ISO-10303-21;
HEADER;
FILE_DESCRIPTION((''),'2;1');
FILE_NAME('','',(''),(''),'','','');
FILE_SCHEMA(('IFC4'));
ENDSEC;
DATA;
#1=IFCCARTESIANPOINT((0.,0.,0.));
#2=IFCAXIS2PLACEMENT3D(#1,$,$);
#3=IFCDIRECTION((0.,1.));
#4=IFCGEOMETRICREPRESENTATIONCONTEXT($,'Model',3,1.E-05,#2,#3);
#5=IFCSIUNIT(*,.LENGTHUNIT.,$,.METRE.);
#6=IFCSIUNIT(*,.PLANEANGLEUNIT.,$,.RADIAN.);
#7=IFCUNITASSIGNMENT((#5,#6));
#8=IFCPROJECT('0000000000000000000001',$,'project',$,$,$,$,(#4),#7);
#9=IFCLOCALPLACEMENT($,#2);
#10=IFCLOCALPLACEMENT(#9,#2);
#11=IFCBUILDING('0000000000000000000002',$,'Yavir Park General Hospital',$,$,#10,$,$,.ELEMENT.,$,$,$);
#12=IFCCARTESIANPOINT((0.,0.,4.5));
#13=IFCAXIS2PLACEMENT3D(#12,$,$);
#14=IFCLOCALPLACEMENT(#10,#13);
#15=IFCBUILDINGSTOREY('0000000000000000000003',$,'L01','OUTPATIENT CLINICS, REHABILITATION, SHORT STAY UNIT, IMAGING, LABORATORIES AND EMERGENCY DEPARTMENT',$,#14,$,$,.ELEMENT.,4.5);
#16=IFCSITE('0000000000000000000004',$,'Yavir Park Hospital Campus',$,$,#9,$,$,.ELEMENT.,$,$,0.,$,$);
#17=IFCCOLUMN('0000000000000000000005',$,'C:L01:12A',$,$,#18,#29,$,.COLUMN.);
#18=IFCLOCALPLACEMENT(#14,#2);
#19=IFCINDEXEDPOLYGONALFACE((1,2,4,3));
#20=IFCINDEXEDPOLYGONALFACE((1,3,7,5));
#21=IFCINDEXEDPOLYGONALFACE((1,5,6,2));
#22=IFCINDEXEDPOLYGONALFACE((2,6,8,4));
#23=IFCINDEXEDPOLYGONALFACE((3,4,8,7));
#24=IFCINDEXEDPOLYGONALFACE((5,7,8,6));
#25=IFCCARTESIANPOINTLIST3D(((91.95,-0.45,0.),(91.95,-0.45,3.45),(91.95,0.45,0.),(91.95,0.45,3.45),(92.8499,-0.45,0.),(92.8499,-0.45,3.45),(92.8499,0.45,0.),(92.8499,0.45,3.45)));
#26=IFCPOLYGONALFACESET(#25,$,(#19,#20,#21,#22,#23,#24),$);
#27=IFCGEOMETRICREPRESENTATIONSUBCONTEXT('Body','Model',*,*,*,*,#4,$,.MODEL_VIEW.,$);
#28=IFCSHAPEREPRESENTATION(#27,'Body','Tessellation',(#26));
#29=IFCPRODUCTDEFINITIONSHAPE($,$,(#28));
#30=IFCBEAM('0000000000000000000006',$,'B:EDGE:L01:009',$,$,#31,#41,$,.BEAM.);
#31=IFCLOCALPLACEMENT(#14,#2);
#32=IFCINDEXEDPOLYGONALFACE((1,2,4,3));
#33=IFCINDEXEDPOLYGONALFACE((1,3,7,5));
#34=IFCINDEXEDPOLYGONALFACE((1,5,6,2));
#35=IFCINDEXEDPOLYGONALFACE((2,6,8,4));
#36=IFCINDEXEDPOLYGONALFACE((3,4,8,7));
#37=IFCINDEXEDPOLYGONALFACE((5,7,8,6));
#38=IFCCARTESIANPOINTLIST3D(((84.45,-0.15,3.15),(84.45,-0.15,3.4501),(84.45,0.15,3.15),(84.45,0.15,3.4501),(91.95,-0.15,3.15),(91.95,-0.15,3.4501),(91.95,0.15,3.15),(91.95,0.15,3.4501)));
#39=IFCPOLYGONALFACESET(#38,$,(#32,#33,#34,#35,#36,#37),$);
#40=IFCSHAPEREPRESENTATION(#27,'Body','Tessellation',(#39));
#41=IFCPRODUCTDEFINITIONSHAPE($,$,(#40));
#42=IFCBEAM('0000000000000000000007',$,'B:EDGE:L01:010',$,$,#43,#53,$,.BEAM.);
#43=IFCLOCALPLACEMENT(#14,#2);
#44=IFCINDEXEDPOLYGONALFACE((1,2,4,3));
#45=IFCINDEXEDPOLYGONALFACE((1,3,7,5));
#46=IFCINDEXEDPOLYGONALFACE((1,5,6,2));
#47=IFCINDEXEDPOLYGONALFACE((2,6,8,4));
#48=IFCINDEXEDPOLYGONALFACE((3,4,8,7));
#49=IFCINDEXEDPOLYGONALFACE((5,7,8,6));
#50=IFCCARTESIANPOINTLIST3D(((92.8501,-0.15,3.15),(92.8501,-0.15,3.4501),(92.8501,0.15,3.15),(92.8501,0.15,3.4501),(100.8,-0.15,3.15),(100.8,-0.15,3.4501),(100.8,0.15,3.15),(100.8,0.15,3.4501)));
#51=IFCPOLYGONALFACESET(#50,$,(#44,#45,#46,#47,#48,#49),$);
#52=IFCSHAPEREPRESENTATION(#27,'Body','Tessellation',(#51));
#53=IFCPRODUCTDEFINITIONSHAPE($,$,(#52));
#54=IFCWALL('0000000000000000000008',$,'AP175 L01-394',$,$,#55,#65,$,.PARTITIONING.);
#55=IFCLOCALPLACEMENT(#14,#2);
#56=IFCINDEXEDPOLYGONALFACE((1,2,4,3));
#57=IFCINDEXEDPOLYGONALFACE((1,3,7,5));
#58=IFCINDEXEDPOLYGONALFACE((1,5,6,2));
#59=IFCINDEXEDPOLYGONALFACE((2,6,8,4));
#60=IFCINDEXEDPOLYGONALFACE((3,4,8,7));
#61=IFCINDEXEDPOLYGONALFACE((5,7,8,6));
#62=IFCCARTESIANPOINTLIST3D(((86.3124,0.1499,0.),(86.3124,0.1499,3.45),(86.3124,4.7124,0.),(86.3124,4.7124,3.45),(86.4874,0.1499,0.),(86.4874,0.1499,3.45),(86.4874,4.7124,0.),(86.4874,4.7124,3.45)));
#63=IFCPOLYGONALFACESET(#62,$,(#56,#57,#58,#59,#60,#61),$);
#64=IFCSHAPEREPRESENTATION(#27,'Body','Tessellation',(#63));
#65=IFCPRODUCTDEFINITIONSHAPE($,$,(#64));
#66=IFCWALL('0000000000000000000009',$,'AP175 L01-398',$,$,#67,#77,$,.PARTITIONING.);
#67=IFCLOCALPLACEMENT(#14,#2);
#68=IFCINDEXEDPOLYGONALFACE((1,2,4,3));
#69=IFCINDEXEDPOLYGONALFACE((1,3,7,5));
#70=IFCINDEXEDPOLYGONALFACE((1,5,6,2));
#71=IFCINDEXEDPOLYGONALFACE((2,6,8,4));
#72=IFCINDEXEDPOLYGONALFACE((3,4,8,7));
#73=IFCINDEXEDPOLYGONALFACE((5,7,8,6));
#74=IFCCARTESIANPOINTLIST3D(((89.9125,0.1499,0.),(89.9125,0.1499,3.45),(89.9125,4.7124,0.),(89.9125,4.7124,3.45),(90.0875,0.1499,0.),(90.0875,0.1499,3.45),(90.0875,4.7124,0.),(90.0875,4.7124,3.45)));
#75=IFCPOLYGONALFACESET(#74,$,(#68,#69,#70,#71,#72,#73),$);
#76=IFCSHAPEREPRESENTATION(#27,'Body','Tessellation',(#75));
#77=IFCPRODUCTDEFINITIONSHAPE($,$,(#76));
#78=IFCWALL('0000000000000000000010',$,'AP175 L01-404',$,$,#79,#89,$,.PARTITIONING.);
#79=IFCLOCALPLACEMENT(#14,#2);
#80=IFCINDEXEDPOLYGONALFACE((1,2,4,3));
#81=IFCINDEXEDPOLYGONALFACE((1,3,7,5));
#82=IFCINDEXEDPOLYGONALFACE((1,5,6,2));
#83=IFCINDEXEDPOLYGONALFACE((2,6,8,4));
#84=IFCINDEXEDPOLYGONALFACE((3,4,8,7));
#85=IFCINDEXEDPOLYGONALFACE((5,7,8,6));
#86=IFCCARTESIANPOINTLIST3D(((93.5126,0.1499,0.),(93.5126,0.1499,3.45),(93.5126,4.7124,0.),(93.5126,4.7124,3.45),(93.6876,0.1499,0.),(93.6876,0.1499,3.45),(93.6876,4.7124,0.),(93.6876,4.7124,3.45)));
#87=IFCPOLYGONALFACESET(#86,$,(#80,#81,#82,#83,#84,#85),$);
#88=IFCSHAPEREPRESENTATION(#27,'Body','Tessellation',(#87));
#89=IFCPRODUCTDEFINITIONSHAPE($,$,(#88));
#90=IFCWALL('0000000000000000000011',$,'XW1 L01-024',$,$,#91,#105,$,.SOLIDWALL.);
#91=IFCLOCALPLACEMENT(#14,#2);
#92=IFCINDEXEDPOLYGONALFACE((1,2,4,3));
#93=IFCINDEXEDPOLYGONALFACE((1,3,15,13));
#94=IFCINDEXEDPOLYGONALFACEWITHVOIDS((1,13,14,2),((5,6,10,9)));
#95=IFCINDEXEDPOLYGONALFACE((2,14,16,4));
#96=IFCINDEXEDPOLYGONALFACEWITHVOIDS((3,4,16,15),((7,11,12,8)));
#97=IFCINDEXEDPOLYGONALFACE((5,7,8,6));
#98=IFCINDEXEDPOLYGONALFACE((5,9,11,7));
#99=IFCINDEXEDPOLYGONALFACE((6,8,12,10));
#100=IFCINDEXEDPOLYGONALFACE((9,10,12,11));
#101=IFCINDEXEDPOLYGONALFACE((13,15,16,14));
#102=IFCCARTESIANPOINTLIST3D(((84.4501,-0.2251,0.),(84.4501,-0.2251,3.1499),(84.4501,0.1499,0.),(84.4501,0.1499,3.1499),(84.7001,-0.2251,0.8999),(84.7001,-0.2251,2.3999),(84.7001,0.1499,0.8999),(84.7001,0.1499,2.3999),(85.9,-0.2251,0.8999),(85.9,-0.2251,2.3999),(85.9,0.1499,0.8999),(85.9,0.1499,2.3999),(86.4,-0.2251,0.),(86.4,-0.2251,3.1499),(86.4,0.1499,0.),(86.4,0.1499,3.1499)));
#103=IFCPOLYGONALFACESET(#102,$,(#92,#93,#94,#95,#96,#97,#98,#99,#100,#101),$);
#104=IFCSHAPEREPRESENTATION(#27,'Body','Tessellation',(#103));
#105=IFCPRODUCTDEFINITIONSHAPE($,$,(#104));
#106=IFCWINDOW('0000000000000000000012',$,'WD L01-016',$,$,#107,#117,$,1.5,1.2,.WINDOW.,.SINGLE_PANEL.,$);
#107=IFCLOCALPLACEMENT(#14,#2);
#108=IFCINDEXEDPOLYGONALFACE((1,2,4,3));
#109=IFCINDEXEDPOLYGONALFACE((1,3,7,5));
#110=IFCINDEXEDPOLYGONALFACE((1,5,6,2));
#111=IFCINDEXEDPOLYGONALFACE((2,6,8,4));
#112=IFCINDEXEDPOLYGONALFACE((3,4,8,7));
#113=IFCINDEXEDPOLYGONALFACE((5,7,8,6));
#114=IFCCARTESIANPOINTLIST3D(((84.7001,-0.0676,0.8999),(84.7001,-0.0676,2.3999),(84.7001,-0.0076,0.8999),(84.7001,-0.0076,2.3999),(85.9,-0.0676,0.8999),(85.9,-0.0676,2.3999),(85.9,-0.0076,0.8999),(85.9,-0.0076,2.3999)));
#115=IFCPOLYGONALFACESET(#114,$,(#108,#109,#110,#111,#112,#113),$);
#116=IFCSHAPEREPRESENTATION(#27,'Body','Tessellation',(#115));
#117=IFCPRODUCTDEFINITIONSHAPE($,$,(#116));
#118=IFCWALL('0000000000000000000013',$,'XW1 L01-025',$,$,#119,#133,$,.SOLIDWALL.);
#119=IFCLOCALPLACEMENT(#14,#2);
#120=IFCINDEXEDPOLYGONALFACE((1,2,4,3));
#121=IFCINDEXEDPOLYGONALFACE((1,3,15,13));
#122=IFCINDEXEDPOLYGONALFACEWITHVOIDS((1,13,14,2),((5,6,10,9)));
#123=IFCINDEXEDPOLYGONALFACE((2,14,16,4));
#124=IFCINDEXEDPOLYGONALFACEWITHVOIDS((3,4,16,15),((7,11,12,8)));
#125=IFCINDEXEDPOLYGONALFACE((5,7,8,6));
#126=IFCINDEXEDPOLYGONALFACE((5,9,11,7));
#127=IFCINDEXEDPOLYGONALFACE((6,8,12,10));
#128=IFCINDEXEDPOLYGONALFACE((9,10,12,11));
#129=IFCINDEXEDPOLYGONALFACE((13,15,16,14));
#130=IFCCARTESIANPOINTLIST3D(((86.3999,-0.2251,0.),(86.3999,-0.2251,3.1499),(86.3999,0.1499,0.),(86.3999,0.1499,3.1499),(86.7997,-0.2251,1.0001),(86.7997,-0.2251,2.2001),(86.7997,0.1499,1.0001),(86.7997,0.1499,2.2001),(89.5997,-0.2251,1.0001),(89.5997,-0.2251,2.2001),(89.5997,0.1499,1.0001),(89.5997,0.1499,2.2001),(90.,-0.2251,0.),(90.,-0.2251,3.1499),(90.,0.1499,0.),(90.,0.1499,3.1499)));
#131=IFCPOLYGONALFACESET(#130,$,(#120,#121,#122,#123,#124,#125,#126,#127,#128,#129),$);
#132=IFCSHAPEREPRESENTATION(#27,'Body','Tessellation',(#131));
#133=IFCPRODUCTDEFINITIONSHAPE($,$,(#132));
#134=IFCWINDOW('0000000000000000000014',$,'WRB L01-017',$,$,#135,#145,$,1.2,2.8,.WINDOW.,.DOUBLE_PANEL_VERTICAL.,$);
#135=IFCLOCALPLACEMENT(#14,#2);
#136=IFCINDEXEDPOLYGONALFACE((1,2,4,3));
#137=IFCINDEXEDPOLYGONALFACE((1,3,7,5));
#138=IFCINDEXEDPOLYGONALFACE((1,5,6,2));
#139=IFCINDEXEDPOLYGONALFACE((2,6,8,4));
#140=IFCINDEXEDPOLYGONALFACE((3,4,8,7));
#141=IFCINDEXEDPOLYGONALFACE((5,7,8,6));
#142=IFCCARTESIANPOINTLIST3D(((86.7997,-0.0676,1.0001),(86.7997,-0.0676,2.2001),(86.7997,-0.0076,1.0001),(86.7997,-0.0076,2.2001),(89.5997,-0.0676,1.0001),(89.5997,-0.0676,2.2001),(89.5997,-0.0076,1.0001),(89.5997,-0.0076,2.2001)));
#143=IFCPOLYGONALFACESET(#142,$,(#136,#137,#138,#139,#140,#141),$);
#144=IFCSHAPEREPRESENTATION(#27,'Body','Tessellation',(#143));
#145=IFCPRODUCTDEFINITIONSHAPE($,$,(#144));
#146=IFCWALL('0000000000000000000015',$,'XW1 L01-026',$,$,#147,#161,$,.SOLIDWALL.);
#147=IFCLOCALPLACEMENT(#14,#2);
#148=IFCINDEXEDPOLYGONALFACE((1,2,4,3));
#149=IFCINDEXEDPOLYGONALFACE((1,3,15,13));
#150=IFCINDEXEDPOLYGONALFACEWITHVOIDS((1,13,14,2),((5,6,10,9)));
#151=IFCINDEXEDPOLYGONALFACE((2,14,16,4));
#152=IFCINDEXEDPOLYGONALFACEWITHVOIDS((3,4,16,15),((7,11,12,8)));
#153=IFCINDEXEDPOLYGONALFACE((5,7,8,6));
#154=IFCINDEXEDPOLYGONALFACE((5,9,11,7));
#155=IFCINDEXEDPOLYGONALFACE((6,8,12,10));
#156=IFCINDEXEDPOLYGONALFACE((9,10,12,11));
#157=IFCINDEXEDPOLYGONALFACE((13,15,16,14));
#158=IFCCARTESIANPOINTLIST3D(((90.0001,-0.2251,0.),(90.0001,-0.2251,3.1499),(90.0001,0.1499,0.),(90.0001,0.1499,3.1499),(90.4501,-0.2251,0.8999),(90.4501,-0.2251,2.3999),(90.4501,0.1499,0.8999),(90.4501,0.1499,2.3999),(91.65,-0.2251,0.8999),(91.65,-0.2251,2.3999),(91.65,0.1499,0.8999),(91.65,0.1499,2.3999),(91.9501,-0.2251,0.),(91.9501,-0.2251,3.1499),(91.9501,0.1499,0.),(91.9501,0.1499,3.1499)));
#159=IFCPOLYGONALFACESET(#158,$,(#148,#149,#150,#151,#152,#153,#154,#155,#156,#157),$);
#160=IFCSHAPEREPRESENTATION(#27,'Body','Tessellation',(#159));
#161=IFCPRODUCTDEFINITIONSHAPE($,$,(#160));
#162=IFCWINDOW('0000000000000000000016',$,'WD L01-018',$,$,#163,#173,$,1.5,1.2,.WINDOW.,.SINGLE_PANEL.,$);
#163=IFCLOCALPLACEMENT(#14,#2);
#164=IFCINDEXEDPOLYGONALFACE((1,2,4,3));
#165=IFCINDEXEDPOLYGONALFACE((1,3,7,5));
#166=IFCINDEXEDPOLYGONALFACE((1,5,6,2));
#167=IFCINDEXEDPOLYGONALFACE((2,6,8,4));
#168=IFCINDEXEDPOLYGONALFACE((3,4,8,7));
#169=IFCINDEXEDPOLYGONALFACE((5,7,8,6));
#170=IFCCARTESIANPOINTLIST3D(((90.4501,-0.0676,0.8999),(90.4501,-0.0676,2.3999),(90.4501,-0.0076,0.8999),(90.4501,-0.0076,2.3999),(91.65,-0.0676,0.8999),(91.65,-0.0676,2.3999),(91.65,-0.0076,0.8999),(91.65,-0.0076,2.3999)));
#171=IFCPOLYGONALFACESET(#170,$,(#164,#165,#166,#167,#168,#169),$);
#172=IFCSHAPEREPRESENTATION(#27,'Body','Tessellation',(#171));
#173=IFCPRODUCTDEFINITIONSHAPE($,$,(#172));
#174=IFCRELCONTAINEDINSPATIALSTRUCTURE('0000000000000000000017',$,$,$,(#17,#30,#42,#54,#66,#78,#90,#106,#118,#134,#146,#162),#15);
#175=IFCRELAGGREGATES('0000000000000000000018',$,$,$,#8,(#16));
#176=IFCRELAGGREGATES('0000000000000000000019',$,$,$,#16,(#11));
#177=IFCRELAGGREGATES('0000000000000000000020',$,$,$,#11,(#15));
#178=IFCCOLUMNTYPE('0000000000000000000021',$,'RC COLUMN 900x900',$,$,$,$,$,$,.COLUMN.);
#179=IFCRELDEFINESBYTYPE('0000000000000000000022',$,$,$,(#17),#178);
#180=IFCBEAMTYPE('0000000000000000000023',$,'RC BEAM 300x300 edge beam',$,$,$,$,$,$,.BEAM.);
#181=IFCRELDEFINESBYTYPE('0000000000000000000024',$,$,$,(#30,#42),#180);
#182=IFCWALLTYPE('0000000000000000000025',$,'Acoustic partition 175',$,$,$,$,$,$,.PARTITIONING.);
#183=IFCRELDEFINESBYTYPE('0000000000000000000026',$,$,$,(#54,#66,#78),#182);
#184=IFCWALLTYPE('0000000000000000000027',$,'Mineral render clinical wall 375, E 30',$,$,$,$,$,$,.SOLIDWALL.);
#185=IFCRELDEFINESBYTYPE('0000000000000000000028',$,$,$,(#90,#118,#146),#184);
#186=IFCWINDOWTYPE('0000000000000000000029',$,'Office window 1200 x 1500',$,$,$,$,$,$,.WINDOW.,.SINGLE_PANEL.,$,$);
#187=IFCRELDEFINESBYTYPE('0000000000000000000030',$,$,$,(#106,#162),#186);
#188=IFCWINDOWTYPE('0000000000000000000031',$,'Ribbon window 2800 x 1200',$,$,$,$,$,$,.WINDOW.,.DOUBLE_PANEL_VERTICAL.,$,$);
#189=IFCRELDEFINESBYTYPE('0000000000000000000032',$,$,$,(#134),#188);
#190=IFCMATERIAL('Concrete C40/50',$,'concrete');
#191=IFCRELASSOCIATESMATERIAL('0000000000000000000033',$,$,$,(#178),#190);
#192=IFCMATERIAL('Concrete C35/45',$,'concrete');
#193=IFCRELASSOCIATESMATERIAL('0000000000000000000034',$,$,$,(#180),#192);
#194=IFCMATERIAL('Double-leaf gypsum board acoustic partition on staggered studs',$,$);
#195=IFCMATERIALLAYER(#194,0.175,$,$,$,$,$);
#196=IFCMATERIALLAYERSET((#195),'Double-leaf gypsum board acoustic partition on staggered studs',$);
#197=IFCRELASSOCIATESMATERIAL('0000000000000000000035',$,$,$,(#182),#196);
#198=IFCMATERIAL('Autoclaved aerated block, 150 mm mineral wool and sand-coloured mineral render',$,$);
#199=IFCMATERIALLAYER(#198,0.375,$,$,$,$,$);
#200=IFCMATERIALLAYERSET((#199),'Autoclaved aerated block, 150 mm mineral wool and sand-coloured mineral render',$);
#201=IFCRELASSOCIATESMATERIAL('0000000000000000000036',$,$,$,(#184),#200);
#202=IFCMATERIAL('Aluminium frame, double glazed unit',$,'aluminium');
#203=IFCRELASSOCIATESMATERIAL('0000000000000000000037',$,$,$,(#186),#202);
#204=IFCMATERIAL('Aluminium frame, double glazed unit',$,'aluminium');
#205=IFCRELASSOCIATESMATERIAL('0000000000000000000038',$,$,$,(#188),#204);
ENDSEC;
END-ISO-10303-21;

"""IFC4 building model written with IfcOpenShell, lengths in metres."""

from ifc_helpers import new_model, si_unit, direction, frame, frame_2d, origin, origin_2d, place, context, subcontext, project, spatial, rectangle, extrude, material, layer, layer_set, material_profile, profile_set, type_object, element, fill, save


model = new_model("IFC4")

# Units and contexts
model_context = context("Model", 3, precision=1e-05, world=origin(), true_north=direction((0.0, 1.0)))
body_context = subcontext(model_context, "Body", "Model", "MODEL_VIEW")
ifc_project = project(units=[si_unit("LENGTHUNIT", "METRE"), si_unit("PLANEANGLEUNIT", "RADIAN")], contexts=[model_context])

# Site, building, storey
site_placement = place(None, origin())
site = spatial("IfcSite", under=ifc_project, at=site_placement, Name="Yavir Park Hospital Campus", CompositionType="ELEMENT", RefElevation=0.0)
building_placement = place(site_placement, origin())
building = spatial("IfcBuilding", under=site, at=building_placement, Name="Yavir Park General Hospital", CompositionType="ELEMENT")
storey_placement = place(building_placement, frame((0.0, 0.0, 4.5)))
storey = spatial("IfcBuildingStorey", under=building, at=storey_placement, Name="L01", Description="OUTPATIENT CLINICS, REHABILITATION, SHORT STAY UNIT, IMAGING, LABORATORIES AND EMERGENCY DEPARTMENT", CompositionType="ELEMENT", Elevation=4.5)

# Column
ifc_material_1 = material(Name="Concrete C40/50", Category="concrete")
ifc_material_profile_1 = material_profile(ifc_material_1, rectangle(XDim=0.8999, YDim=0.8999, at=origin_2d()), Name="RC900x900")
ifc_profile_set_1 = profile_set([ifc_material_profile_1], Name="Concrete C40/50")
column_type = type_object("IfcColumnType", Name="RC COLUMN 900x900", PredefinedType="COLUMN", material=ifc_profile_set_1)
column_placement = place(storey_placement, frame((92.3999, 0.0, 0.0), z_axis=(0.0, 0.0, 1.0), x_axis=(1.0, 0.0, 0.0)))
element("IfcColumn", 1, at=column_placement, inside=storey, type_object=column_type, Name="C:L01:12A", PredefinedType="COLUMN", context=body_context, shape_type="SweptSolid", body=[
    extrude(rectangle(XDim=0.8999, YDim=0.8999, at=origin_2d()), origin(), (0.0, 0.0, 1.0), 3.45),
])

# Beams
ifc_material_2 = material(Name="Concrete C35/45", Category="concrete")
ifc_material_profile_2 = material_profile(ifc_material_2, rectangle(XDim=0.3, YDim=0.3, at=origin_2d()), Name="RC300x300")
ifc_profile_set_2 = profile_set([ifc_material_profile_2], Name="Concrete C35/45")
beam_type = type_object("IfcBeamType", Name="RC BEAM 300x300 edge beam", PredefinedType="BEAM", material=ifc_profile_set_2)
beam_1_placement = place(storey_placement, frame((84.45, 0.0, 3.3), z_axis=(1.0, 0.0, 0.0), x_axis=(0.0, 1.0, 0.0)))
element("IfcBeam", 2, at=beam_1_placement, inside=storey, type_object=beam_type, Name="B:EDGE:L01:009", PredefinedType="BEAM", context=body_context, shape_type="SweptSolid", body=[
    extrude(rectangle(XDim=0.3, YDim=0.3, at=origin_2d()), origin(), (0.0, 0.0, 1.0), 7.5),
])
beam_2_placement = place(storey_placement, frame((92.8501, 0.0, 3.3), z_axis=(1.0, 0.0, 0.0), x_axis=(0.0, 1.0, 0.0)))
element("IfcBeam", 3, at=beam_2_placement, inside=storey, type_object=beam_type, Name="B:EDGE:L01:010", PredefinedType="BEAM", context=body_context, shape_type="SweptSolid", body=[
    extrude(rectangle(XDim=0.3, YDim=0.3, at=origin_2d()), origin(), (0.0, 0.0, 1.0), 7.95),
])

# Walls
ifc_material_3 = material(Name="Double-leaf gypsum board acoustic partition on staggered studs")
ifc_layer_1 = layer(ifc_material_3, 0.175)
ifc_layer_set_1 = layer_set([ifc_layer_1], Name="Double-leaf gypsum board acoustic partition on staggered studs")
wall_type_1 = type_object("IfcWallType", Name="Acoustic partition 175", PredefinedType="PARTITIONING", material=ifc_layer_set_1)
for number, where, z_axis, x_axis, name in (
    (4, (86.3999, 0.1499, 0.0), (0.0, 0.0, 1.0), (0.0, 1.0, 0.0), "AP175 L01-394"),
    (5, (90.0, 0.1499, 0.0), (0.0, 0.0, 1.0), (0.0, 1.0, 0.0), "AP175 L01-398"),
    (6, (93.6001, 0.1499, 0.0), (0.0, 0.0, 1.0), (0.0, 1.0, 0.0), "AP175 L01-404"),
):
    element("IfcWall", number, at=place(storey_placement, frame(where, z_axis=z_axis, x_axis=x_axis)), inside=storey, type_object=wall_type_1, Name=name, PredefinedType="PARTITIONING", context=body_context, shape_type="SweptSolid", body=[
        extrude(rectangle(XDim=4.5625, YDim=0.175, at=frame_2d((2.2812, 0.0))), origin(), (0.0, 0.0, 1.0), 3.45),
    ])

# Walls, openings, windows
ifc_material_4 = material(Name="Autoclaved aerated block, 150 mm mineral wool and sand-coloured mineral render")
ifc_layer_2 = layer(ifc_material_4, 0.375)
ifc_layer_set_2 = layer_set([ifc_layer_2], Name="Autoclaved aerated block, 150 mm mineral wool and sand-coloured mineral render")
wall_type_2 = type_object("IfcWallType", Name="Mineral render clinical wall 375, E 30", PredefinedType="SOLIDWALL", material=ifc_layer_set_2)
wall_1_placement = place(storey_placement, frame((84.45, -0.0376, 0.0), z_axis=(0.0, 0.0, 1.0), x_axis=(1.0, 0.0, 0.0)))
wall_1 = element("IfcWall", 7, at=wall_1_placement, inside=storey, type_object=wall_type_2, Name="XW1 L01-024", PredefinedType="SOLIDWALL", context=body_context, shape_type="SweptSolid", body=[
    extrude(rectangle(XDim=1.95, YDim=0.375, at=frame_2d((0.9751, 0.0))), origin(), (0.0, 0.0, 1.0), 3.1499),
])
opening_1_placement = place(wall_1_placement, frame((0.25, 0.0, 0.8999)))
opening_1 = element("IfcOpeningElement", 8, at=opening_1_placement, cuts=wall_1, PredefinedType="OPENING", context=body_context, shape_type="SweptSolid", body=[
    extrude(rectangle(XDim=1.2, YDim=1.5, at=frame_2d((0.6001, 0.75))), frame((0.0, 0.1975, 0.0), z_axis=(0.0, -1.0, 0.0), x_axis=(1.0, 0.0, 0.0)), (0.0, 0.0, 1.0), 0.395),
])
ifc_material_5 = material(Name="Aluminium frame, double glazed unit", Category="aluminium")
window_type_1 = type_object("IfcWindowType", Name="Office window 1200 x 1500", PartitioningType="SINGLE_PANEL", PredefinedType="WINDOW", material=ifc_material_5)
window_1_placement = place(opening_1_placement, origin())
window_1 = element("IfcWindow", 9, at=window_1_placement, inside=storey, type_object=window_type_1, Name="WD L01-016", OverallHeight=1.5, OverallWidth=1.2, PartitioningType="SINGLE_PANEL", PredefinedType="WINDOW", context=body_context, shape_type="SweptSolid", body=[
    extrude(rectangle(XDim=1.2, YDim=1.5, at=frame_2d((0.6001, 0.75))), frame((0.0, 0.03, 0.0), z_axis=(0.0, -1.0, 0.0), x_axis=(1.0, 0.0, 0.0)), (0.0, 0.0, 1.0), 0.0601),
])
fill(opening_1, window_1)
wall_2_placement = place(storey_placement, frame((86.3999, -0.0376, 0.0), z_axis=(0.0, 0.0, 1.0), x_axis=(1.0, 0.0, 0.0)))
wall_2 = element("IfcWall", 10, at=wall_2_placement, inside=storey, type_object=wall_type_2, Name="XW1 L01-025", PredefinedType="SOLIDWALL", context=body_context, shape_type="SweptSolid", body=[
    extrude(rectangle(XDim=3.6001, YDim=0.375, at=frame_2d((1.8, 0.0))), origin(), (0.0, 0.0, 1.0), 3.1499),
])
opening_2_placement = place(wall_2_placement, frame((0.3999, 0.0, 1.0)))
opening_2 = element("IfcOpeningElement", 11, at=opening_2_placement, cuts=wall_2, PredefinedType="OPENING", context=body_context, shape_type="SweptSolid", body=[
    extrude(rectangle(XDim=2.8, YDim=1.2, at=frame_2d((1.3999, 0.6001))), frame((0.0, 0.1975, 0.0), z_axis=(0.0, -1.0, 0.0), x_axis=(1.0, 0.0, 0.0)), (0.0, 0.0, 1.0), 0.395),
])
ifc_material_6 = material(Name="Aluminium frame, double glazed unit", Category="aluminium")
window_type_2 = type_object("IfcWindowType", Name="Ribbon window 2800 x 1200", PartitioningType="DOUBLE_PANEL_VERTICAL", PredefinedType="WINDOW", material=ifc_material_6)
window_2_placement = place(opening_2_placement, origin())
window_2 = element("IfcWindow", 12, at=window_2_placement, inside=storey, type_object=window_type_2, Name="WRB L01-017", OverallHeight=1.2, OverallWidth=2.8, PartitioningType="DOUBLE_PANEL_VERTICAL", PredefinedType="WINDOW", context=body_context, shape_type="SweptSolid", body=[
    extrude(rectangle(XDim=2.8, YDim=1.2, at=frame_2d((1.3999, 0.6001))), frame((0.0, 0.03, 0.0), z_axis=(0.0, -1.0, 0.0), x_axis=(1.0, 0.0, 0.0)), (0.0, 0.0, 1.0), 0.0601),
])
fill(opening_2, window_2)
wall_3_placement = place(storey_placement, frame((90.0, -0.0376, 0.0), z_axis=(0.0, 0.0, 1.0), x_axis=(1.0, 0.0, 0.0)))
wall_3 = element("IfcWall", 13, at=wall_3_placement, inside=storey, type_object=wall_type_2, Name="XW1 L01-026", PredefinedType="SOLIDWALL", context=body_context, shape_type="SweptSolid", body=[
    extrude(rectangle(XDim=1.95, YDim=0.375, at=frame_2d((0.9751, 0.0))), origin(), (0.0, 0.0, 1.0), 3.1499),
])
opening_3_placement = place(wall_3_placement, frame((0.45, 0.0, 0.8999)))
opening_3 = element("IfcOpeningElement", 14, at=opening_3_placement, cuts=wall_3, PredefinedType="OPENING", context=body_context, shape_type="SweptSolid", body=[
    extrude(rectangle(XDim=1.2, YDim=1.5, at=frame_2d((0.6001, 0.75))), frame((0.0, 0.1975, 0.0), z_axis=(0.0, -1.0, 0.0), x_axis=(1.0, 0.0, 0.0)), (0.0, 0.0, 1.0), 0.395),
])
window_3_placement = place(opening_3_placement, origin())
window_3 = element("IfcWindow", 15, at=window_3_placement, inside=storey, type_object=window_type_1, Name="WD L01-018", OverallHeight=1.5, OverallWidth=1.2, PartitioningType="SINGLE_PANEL", PredefinedType="WINDOW", context=body_context, shape_type="SweptSolid", body=[
    extrude(rectangle(XDim=1.2, YDim=1.5, at=frame_2d((0.6001, 0.75))), frame((0.0, 0.03, 0.0), z_axis=(0.0, -1.0, 0.0), x_axis=(1.0, 0.0, 0.0)), (0.0, 0.0, 1.0), 0.0601),
])
fill(opening_3, window_3)

save(model, "model.ifc")
